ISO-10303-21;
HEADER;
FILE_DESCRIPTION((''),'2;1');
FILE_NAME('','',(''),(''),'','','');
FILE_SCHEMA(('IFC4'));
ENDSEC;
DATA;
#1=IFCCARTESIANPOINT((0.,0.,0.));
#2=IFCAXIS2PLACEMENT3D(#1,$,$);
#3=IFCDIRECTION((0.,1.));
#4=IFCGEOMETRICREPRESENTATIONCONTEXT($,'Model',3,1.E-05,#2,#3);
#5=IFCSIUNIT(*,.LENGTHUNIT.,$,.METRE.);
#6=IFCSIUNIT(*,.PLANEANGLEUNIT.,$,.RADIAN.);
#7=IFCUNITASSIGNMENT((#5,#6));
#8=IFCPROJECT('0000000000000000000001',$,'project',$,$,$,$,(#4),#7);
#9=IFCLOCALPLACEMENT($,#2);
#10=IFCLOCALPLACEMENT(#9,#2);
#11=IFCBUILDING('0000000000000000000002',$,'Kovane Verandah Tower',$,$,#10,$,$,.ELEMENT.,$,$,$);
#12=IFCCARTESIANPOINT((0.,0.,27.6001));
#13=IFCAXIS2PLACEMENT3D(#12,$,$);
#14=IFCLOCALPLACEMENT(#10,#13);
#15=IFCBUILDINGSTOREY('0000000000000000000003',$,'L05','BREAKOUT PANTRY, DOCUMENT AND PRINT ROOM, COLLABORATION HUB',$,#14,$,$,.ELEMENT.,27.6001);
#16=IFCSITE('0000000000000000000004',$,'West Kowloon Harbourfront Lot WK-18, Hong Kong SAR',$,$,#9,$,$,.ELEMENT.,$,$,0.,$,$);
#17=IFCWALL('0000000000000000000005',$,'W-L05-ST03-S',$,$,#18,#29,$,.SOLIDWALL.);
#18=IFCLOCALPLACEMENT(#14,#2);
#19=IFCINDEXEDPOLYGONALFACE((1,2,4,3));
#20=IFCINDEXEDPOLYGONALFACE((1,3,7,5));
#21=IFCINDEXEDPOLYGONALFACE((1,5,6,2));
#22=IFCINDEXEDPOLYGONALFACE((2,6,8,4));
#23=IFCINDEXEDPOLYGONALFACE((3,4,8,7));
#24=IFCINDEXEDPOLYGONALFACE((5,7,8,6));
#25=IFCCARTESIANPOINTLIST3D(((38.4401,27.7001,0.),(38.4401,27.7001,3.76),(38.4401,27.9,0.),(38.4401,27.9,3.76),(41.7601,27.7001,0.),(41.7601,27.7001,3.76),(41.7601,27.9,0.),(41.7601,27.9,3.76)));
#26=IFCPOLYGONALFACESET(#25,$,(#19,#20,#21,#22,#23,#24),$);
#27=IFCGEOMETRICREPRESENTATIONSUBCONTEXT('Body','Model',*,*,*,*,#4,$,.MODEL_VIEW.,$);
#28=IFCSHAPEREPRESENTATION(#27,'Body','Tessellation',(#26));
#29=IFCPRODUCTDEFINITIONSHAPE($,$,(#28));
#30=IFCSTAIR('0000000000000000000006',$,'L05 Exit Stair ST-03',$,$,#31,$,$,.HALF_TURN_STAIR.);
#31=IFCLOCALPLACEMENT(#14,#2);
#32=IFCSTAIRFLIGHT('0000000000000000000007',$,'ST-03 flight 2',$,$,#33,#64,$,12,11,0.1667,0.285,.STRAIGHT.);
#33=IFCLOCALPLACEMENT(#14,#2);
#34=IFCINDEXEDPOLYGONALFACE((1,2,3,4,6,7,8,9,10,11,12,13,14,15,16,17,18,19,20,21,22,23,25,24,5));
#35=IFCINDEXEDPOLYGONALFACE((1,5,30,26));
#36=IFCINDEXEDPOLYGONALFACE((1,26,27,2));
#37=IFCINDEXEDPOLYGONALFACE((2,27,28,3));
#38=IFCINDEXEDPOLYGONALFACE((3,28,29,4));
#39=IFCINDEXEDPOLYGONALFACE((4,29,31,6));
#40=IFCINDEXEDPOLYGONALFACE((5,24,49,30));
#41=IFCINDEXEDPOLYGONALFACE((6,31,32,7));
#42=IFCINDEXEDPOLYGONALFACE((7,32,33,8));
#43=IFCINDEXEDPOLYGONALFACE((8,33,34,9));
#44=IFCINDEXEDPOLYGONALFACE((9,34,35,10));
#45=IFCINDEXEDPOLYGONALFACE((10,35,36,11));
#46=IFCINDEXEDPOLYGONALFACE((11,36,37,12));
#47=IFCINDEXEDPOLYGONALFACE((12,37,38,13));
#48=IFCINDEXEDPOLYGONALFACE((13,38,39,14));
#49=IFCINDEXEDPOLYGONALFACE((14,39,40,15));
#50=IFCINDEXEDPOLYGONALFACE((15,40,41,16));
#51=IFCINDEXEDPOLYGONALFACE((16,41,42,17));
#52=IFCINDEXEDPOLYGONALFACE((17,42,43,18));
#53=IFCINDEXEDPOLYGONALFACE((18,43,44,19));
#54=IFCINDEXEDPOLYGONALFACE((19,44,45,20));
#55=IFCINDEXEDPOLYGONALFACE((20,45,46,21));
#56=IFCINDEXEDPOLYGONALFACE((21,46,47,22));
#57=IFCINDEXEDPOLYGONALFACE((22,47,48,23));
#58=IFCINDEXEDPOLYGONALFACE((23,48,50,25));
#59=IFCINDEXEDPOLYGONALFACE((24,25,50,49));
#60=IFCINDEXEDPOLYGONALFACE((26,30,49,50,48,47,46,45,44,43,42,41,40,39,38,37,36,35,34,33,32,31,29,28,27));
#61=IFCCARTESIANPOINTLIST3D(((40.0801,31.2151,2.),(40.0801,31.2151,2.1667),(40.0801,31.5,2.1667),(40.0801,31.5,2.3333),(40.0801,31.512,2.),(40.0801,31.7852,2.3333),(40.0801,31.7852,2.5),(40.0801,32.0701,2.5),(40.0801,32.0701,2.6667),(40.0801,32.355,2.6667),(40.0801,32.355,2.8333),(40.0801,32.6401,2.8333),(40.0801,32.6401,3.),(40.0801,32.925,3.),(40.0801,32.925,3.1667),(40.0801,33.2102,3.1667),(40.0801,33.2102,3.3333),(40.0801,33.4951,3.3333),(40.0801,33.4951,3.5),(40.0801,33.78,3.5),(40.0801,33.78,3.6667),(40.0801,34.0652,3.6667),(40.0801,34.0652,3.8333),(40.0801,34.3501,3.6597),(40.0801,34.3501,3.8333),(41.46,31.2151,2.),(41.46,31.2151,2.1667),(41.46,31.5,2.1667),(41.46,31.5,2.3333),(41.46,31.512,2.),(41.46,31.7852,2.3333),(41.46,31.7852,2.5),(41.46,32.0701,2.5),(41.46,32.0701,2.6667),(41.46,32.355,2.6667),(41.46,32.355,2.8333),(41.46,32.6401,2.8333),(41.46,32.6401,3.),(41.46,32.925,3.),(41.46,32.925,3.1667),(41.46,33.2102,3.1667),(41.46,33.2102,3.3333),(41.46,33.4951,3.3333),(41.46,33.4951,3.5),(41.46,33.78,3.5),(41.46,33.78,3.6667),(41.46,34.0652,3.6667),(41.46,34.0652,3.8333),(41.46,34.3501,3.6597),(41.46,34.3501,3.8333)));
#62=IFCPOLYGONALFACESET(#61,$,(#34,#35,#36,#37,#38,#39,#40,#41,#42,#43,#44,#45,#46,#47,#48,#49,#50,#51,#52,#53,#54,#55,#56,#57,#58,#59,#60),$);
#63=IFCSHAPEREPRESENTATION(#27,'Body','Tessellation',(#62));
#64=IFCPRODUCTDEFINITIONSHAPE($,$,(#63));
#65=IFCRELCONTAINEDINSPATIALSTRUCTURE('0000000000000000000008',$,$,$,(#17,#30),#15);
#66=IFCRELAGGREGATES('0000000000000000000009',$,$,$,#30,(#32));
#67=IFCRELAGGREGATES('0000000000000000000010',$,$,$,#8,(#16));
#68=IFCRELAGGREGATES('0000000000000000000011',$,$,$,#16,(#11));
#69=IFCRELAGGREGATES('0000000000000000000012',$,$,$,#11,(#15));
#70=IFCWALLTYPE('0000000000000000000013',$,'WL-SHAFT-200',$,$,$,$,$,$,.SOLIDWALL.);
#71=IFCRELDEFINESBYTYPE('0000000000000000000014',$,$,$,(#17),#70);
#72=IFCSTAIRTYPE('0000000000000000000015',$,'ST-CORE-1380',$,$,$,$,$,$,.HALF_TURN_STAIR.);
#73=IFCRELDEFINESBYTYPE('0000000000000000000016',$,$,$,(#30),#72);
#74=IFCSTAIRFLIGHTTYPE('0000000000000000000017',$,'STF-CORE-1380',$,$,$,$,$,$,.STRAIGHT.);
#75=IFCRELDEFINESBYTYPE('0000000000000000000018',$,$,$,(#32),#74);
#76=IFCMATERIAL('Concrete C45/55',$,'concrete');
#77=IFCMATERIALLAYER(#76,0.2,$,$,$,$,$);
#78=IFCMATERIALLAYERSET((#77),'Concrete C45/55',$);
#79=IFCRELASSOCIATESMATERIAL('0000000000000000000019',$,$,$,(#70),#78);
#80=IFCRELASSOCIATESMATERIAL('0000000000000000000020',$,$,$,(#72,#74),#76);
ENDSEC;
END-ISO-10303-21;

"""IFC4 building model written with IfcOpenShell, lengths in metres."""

from ifc_helpers import new_model, si_unit, direction, frame, frame_2d, origin, place, context, subcontext, project, spatial, polyline, rectangle, outline, extrude, material, layer, layer_set, type_object, element, aggregate, save


model = new_model("IFC4")

# Units and contexts
model_context = context("Model", 3, precision=1e-05, world=origin(), true_north=direction((0.0, 1.0)))
body_context = subcontext(model_context, "Body", "Model", "MODEL_VIEW")
ifc_project = project(units=[si_unit("LENGTHUNIT", "METRE"), si_unit("PLANEANGLEUNIT", "RADIAN")], contexts=[model_context])

# Site, building, storey
site_placement = place(None, origin())
site = spatial("IfcSite", under=ifc_project, at=site_placement, Name="West Kowloon Harbourfront Lot WK-18, Hong Kong SAR", CompositionType="ELEMENT", RefElevation=0.0)
building_placement = place(site_placement, origin())
building = spatial("IfcBuilding", under=site, at=building_placement, Name="Kovane Verandah Tower", CompositionType="ELEMENT")
storey_placement = place(building_placement, frame((0.0, 0.0, 27.6001)))
storey = spatial("IfcBuildingStorey", under=building, at=storey_placement, Name="L05", Description="BREAKOUT PANTRY, DOCUMENT AND PRINT ROOM, COLLABORATION HUB", CompositionType="ELEMENT", Elevation=27.6001)

# Shared definitions
ifc_material_1 = material(Name="Concrete C45/55", Category="concrete")
ifc_layer_1 = layer(ifc_material_1, 0.2)
ifc_layer_set_1 = layer_set([ifc_layer_1], Name="Concrete C45/55")
wall_type_1 = type_object("IfcWallType", Name="WL-SHAFT-200", PredefinedType="SOLIDWALL", material=ifc_layer_set_1)

# Wall
wall_1_placement = place(storey_placement, frame((38.4399, 27.8, 0.0), z_axis=(0.0, 0.0, 1.0), x_axis=(1.0, 0.0, 0.0)))
element("IfcWall", 1, at=wall_1_placement, inside=storey, type_object=wall_type_1, Name="W-L05-ST03-S", PredefinedType="SOLIDWALL", context=body_context, shape_type="SweptSolid", body=[
    extrude(rectangle(XDim=3.3201, YDim=0.2, at=frame_2d((1.6602, 0.0))), origin(), (0.0, 0.0, 1.0), 3.76),
])

# Stair, stair flight
stair_type = type_object("IfcStairType", Name="ST-CORE-1380", PredefinedType="HALF_TURN_STAIR", material=ifc_material_1)
stair_placement = place(storey_placement, origin())
stair = element("IfcStair", 2, at=stair_placement, inside=storey, type_object=stair_type, Name="L05 Exit Stair ST-03", PredefinedType="HALF_TURN_STAIR")
stair_flight_type = type_object("IfcStairFlightType", Name="STF-CORE-1380", PredefinedType="STRAIGHT", material=ifc_material_1)
stair_flight_placement = place(storey_placement, frame((40.77, 31.2151, 2.0), z_axis=(0.0, 0.0, 1.0), x_axis=(0.0, 1.0, 0.0)))
stair_flight = element("IfcStairFlight", 3, at=stair_flight_placement, type_object=stair_flight_type, Name="ST-03 flight 2", NumberOfRisers=12, NumberOfTreads=11, PredefinedType="STRAIGHT", RiserHeight=0.1667, TreadLength=0.285, context=body_context, shape_type="SweptSolid", body=[
    extrude(outline(polyline([(0.0, 0.0), (0.0, 0.1667), (0.2849, 0.1667), (0.2849, 0.3333), (0.5701, 0.3333), (0.5701, 0.5), (0.855, 0.5), (0.855, 0.6667), (1.1399, 0.6667), (1.1399, 0.8333), (1.425, 0.8333), (1.425, 1.0), (1.71, 1.0), (1.71, 1.1667), (1.9951, 1.1667), (1.9951, 1.3333), (2.28, 1.3333), (2.28, 1.5), (2.5649, 1.5), (2.5649, 1.6667), (2.8501, 1.6667), (2.8501, 1.8333), (3.135, 1.8333), (3.135, 2.0), (3.135, 1.6597), (0.2969, 0.0), (0.0, 0.0)])), frame((0.0, 0.6899, 0.0), z_axis=(0.0, -1.0, 0.0), x_axis=(1.0, 0.0, 0.0)), (0.0, 0.0, 1.0), 1.3799),
])
aggregate(stair, [stair_flight])

save(model, "model.ifc")
